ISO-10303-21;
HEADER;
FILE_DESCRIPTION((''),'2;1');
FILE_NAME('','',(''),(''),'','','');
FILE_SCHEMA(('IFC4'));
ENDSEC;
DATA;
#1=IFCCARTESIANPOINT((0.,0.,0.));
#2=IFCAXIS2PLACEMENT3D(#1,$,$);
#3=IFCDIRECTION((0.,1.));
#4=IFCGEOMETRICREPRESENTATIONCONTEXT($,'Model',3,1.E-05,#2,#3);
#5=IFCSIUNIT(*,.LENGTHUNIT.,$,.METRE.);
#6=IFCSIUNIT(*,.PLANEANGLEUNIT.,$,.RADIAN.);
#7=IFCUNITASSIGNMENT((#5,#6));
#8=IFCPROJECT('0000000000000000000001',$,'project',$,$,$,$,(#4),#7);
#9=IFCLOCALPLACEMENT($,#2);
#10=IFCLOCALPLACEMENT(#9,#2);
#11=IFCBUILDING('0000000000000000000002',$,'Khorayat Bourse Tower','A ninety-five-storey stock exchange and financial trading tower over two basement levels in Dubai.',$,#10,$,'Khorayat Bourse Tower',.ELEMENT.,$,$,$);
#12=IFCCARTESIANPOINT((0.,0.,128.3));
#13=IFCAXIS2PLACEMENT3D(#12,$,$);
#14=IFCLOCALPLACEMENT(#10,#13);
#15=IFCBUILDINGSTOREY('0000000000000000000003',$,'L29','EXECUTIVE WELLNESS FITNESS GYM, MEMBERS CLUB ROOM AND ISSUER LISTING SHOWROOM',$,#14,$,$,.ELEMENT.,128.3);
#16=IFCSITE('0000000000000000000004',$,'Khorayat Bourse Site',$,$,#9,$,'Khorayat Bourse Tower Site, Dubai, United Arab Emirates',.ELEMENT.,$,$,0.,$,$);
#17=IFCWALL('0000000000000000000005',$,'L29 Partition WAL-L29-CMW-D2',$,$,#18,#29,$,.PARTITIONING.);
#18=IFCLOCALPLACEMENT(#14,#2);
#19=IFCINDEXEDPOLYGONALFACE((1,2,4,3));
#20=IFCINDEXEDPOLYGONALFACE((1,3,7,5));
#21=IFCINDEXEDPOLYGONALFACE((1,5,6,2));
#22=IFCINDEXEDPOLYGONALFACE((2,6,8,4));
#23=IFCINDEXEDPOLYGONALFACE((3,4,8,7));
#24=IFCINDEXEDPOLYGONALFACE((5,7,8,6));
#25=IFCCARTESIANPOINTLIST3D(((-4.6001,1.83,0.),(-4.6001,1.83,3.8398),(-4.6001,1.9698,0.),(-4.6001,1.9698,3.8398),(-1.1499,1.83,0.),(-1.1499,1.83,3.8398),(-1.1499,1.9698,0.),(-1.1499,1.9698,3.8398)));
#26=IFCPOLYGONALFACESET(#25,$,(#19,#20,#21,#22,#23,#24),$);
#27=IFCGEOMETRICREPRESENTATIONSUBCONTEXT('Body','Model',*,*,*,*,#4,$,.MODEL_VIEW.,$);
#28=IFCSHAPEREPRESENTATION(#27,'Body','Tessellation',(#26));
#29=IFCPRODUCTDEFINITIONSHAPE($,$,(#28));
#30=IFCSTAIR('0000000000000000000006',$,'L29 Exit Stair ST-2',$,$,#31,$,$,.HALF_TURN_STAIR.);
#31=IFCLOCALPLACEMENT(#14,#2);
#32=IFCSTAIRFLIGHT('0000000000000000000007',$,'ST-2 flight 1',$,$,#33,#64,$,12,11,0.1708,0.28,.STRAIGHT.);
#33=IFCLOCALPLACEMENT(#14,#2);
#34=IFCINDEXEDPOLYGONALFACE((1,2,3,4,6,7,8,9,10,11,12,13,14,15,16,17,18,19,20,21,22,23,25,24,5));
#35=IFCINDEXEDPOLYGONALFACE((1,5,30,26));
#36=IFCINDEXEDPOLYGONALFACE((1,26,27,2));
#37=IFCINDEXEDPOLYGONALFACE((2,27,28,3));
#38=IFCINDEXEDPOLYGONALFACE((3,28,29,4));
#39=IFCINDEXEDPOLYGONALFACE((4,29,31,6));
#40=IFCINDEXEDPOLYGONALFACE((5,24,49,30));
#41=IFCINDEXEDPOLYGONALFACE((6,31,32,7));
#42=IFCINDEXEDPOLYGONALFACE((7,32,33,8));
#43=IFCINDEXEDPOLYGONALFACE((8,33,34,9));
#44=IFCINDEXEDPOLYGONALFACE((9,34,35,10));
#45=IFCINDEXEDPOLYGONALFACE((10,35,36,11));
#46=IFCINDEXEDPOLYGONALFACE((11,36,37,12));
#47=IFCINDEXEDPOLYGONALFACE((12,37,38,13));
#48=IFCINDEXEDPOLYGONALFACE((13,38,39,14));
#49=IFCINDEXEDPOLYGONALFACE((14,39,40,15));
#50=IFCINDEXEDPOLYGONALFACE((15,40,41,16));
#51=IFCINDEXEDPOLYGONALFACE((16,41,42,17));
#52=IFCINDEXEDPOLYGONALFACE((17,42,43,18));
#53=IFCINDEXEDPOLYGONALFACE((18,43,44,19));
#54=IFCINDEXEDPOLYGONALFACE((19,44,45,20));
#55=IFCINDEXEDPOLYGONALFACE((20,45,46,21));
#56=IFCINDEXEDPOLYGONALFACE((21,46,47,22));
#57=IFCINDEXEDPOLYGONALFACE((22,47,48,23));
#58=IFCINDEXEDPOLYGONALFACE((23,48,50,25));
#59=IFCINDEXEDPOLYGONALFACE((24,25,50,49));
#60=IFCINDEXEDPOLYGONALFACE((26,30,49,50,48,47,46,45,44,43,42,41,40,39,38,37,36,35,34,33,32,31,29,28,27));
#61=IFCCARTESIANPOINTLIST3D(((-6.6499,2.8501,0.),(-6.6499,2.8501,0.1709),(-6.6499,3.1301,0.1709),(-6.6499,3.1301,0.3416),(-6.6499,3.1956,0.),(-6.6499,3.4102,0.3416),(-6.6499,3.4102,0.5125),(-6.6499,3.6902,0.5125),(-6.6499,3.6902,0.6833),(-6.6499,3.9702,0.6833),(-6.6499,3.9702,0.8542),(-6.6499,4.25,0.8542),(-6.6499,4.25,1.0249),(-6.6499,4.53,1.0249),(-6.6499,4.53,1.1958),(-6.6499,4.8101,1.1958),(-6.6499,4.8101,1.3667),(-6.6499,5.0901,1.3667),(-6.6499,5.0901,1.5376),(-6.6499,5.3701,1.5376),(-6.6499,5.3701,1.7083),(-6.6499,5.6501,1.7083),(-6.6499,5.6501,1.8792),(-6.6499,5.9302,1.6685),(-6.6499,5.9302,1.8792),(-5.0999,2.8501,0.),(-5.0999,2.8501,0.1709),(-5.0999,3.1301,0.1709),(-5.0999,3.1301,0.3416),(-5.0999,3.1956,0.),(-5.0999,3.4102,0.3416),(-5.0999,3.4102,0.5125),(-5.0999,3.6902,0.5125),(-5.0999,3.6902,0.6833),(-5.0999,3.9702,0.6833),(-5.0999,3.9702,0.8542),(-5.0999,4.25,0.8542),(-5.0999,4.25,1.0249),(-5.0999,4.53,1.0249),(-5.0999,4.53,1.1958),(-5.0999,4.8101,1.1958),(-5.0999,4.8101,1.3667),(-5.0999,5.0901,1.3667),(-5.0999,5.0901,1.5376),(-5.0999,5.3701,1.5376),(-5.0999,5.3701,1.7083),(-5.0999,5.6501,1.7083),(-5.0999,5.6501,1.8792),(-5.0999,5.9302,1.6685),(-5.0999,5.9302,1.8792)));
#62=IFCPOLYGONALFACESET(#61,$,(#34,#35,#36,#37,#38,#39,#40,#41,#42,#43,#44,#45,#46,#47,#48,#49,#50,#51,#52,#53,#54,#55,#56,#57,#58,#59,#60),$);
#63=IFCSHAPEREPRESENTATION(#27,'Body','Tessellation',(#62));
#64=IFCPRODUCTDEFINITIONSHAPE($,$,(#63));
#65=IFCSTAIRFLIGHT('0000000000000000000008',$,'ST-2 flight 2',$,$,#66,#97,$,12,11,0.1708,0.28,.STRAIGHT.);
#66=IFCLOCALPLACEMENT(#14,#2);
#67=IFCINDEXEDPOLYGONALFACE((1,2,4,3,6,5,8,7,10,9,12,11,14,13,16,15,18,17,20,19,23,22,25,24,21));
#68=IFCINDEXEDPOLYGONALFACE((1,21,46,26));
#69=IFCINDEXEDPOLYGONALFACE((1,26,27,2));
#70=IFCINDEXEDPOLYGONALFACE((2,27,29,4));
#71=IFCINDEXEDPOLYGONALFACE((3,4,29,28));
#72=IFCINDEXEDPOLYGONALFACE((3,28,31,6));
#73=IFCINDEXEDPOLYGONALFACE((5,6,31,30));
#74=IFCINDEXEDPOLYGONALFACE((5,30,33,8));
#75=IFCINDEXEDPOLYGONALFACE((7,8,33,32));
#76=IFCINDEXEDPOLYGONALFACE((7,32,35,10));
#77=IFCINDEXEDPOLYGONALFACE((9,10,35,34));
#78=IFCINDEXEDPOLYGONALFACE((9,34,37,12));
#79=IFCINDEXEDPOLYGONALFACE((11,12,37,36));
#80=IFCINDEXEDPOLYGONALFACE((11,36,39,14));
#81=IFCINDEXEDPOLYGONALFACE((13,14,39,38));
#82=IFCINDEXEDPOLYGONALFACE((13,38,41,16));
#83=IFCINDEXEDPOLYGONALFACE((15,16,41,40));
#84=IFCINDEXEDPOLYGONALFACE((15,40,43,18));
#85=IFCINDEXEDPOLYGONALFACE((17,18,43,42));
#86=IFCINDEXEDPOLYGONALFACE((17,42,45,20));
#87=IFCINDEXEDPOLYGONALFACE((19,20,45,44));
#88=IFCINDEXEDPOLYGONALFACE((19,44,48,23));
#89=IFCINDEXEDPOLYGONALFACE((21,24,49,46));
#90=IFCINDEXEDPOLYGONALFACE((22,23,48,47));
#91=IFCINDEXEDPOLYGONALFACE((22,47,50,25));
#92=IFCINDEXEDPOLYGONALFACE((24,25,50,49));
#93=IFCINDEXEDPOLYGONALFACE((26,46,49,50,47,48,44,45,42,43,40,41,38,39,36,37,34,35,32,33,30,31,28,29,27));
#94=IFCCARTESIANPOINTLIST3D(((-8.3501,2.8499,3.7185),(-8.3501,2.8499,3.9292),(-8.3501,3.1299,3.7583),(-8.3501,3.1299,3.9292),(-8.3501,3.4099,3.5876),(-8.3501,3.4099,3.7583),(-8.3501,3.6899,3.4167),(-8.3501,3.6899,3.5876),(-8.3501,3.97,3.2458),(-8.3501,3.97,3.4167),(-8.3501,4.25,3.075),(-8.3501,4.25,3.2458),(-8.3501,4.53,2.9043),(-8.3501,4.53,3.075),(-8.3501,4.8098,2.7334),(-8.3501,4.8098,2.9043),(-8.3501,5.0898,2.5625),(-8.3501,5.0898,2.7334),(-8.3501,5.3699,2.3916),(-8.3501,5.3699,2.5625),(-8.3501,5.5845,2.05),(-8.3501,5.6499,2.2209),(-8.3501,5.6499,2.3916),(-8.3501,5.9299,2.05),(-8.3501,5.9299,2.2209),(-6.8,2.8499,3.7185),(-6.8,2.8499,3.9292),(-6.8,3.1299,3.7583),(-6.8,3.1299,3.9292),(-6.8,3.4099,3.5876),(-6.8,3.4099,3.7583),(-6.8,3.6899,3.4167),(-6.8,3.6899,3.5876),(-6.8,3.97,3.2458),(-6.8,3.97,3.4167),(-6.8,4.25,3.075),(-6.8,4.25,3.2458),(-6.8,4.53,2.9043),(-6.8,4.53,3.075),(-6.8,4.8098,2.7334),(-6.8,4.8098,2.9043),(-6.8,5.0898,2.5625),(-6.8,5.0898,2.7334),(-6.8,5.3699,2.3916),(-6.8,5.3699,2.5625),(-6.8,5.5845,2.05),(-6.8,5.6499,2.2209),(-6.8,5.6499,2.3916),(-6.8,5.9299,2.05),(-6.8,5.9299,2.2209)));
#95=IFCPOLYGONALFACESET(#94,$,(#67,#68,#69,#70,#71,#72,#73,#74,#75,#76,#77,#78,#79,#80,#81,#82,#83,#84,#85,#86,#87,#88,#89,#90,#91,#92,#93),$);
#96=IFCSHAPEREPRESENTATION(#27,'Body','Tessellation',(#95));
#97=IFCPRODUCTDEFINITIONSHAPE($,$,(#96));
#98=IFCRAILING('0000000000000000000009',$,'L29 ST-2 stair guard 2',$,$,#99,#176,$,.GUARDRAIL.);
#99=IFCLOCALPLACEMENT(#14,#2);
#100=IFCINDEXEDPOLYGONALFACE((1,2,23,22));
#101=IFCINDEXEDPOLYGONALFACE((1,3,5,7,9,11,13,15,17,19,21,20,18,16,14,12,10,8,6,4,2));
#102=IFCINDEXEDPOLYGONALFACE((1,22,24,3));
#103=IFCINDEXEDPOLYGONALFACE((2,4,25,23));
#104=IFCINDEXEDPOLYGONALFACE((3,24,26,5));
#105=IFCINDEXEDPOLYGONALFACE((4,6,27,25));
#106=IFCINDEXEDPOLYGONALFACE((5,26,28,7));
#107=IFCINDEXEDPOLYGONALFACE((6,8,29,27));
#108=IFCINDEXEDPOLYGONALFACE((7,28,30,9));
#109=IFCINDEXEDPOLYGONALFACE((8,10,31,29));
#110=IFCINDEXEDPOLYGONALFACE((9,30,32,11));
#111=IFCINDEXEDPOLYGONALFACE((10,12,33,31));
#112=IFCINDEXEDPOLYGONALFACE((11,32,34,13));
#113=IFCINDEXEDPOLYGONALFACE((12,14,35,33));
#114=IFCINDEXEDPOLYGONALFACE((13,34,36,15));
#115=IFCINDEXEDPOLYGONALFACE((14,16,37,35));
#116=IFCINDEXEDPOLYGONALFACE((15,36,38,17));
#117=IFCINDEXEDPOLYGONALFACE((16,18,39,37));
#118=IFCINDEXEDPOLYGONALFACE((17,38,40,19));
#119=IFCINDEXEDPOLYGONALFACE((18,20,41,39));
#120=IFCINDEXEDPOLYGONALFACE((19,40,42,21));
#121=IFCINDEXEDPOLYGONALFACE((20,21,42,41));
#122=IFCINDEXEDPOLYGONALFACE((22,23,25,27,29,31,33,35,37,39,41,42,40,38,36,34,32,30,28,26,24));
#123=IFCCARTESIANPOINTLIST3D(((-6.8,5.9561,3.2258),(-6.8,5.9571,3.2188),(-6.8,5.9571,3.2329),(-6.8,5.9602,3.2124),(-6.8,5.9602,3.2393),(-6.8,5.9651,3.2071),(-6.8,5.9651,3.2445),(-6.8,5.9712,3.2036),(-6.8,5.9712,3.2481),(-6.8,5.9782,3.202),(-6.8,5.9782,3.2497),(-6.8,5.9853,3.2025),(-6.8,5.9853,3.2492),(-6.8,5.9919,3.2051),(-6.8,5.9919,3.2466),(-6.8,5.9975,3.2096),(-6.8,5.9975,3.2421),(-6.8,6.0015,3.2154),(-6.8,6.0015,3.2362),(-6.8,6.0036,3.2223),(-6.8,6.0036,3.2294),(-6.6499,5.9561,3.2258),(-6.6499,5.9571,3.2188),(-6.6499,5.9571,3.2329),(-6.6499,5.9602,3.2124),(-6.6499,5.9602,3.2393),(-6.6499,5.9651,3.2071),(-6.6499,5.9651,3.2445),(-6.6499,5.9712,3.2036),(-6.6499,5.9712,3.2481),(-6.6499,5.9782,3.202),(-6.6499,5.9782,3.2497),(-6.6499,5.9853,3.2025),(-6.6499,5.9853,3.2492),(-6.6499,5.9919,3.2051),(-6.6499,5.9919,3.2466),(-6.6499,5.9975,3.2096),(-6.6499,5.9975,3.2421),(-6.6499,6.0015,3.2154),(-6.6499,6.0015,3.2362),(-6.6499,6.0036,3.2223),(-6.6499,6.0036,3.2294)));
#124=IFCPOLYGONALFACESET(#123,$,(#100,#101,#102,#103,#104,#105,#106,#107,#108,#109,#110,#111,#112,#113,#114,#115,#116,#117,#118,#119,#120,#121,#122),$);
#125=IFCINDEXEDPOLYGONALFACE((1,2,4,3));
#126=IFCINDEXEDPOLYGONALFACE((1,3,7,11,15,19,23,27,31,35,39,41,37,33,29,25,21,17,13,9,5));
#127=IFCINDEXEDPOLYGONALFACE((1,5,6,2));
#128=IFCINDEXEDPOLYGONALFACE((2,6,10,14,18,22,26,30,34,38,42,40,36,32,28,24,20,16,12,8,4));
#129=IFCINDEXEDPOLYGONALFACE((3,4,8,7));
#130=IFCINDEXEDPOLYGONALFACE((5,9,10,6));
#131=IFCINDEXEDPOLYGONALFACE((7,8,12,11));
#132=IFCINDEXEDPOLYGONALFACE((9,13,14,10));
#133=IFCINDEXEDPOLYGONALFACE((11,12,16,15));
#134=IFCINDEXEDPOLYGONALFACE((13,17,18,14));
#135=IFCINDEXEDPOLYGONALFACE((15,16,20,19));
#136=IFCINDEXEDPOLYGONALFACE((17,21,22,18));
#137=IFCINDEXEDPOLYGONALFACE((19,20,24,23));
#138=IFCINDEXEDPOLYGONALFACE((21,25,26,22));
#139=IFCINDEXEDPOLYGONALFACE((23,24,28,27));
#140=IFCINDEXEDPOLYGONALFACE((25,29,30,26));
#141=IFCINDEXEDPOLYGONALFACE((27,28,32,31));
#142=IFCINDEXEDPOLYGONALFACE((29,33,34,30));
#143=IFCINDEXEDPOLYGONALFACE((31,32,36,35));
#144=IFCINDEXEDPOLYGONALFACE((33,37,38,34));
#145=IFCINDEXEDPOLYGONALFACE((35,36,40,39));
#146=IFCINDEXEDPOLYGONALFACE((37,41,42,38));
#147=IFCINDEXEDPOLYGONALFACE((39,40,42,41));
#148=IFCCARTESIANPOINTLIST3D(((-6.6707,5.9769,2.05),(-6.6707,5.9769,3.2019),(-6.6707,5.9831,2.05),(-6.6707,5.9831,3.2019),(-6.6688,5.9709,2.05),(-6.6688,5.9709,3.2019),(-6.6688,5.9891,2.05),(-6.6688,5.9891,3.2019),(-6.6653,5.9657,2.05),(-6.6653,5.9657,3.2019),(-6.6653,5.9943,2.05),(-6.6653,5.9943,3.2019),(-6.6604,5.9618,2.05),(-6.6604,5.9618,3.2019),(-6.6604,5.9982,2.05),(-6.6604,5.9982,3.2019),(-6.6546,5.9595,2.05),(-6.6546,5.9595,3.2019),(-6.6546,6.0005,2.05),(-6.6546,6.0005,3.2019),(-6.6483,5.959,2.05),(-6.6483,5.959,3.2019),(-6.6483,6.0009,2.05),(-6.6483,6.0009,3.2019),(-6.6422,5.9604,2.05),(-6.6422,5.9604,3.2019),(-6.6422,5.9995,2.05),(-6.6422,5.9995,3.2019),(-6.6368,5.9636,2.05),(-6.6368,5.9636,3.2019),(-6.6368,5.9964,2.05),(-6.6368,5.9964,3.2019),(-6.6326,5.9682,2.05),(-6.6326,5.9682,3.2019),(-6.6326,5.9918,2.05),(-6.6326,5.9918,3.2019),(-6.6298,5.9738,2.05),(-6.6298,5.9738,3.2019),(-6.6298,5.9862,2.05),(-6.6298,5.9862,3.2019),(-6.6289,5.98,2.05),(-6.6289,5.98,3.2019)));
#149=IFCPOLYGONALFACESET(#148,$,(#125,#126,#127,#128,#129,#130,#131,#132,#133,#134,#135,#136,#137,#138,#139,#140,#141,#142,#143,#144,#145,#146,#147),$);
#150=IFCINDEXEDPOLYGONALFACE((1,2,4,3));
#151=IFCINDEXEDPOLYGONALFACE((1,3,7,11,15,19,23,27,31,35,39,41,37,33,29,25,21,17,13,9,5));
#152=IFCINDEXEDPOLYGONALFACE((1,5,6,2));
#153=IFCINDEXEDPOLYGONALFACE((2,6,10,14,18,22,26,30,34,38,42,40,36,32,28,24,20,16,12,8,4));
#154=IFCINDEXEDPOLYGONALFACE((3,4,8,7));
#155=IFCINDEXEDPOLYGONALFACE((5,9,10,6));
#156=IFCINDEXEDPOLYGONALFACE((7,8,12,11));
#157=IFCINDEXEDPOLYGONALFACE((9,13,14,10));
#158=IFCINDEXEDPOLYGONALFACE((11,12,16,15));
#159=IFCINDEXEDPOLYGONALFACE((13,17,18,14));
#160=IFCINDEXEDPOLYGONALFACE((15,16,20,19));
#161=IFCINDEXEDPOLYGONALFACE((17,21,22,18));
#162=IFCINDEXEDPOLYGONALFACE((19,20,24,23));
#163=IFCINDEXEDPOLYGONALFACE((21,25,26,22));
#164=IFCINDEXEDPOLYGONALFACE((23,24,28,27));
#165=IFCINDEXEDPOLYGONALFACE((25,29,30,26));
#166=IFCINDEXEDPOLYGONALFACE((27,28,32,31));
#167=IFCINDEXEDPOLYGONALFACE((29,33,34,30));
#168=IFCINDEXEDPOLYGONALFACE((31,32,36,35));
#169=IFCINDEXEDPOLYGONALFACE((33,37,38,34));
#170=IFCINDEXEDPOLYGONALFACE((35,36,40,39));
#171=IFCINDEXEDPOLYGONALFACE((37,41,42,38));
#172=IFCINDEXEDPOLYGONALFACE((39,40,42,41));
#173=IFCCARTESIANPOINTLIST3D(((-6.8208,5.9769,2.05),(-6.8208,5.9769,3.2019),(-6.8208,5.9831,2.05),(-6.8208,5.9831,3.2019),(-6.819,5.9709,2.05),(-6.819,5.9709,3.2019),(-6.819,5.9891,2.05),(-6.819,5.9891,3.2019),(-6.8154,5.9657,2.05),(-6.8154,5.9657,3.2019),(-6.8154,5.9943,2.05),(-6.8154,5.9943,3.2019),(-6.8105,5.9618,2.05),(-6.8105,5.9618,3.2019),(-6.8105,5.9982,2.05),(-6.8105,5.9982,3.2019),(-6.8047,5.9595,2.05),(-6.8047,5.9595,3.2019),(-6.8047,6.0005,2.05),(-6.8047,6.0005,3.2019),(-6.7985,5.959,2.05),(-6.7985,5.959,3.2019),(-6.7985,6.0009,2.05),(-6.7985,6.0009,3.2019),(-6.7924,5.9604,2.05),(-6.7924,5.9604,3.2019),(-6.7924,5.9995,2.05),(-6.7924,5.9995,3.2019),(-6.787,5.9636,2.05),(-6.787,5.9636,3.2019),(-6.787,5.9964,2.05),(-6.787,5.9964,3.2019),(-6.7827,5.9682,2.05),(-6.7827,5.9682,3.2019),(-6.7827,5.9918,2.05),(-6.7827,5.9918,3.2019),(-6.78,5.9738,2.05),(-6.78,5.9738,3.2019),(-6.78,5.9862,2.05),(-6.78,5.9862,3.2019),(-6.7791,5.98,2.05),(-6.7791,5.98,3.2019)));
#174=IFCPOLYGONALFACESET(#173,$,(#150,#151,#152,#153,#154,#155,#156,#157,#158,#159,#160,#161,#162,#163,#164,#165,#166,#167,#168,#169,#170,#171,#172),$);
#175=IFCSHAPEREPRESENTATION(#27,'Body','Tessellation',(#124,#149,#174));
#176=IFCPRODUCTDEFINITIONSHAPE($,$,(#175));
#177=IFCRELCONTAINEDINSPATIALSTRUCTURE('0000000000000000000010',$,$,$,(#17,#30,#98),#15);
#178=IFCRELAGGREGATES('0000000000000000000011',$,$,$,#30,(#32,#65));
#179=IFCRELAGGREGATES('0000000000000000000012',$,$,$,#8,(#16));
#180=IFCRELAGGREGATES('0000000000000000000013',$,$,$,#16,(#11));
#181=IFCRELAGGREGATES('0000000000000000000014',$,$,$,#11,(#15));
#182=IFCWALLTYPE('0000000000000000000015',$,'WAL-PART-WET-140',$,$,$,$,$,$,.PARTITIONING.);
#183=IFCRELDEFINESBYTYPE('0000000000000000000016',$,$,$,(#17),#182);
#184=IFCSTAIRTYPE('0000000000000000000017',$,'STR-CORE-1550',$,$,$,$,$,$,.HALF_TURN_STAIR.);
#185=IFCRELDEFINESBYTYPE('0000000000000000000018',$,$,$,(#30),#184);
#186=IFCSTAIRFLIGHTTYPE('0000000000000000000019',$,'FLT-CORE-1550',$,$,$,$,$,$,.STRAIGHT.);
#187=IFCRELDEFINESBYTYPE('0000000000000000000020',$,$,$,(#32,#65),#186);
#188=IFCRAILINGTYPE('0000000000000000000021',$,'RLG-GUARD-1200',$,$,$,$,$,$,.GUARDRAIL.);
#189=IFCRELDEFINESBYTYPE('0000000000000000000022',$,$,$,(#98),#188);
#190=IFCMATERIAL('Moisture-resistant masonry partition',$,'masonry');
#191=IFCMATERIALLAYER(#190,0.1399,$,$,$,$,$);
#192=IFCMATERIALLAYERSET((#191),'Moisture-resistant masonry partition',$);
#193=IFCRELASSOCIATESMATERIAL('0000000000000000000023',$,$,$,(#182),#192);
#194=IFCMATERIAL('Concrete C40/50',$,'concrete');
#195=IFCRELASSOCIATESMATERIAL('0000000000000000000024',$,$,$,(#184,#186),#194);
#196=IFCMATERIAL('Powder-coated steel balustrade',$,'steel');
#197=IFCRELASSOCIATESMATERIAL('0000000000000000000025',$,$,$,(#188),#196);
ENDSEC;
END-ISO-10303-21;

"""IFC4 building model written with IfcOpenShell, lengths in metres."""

from ifc_helpers import new_model, si_unit, direction, frame, frame_2d, origin, origin_2d, place, context, subcontext, project, spatial, polyline, rectangle, circle, outline, extrude, source, transform, mapped, material, layer, layer_set, type_object, element, aggregate, save


model = new_model("IFC4")

# Units and contexts
model_context = context("Model", 3, precision=1e-05, world=origin(), true_north=direction((0.0, 1.0)))
body_context = subcontext(model_context, "Body", "Model", "MODEL_VIEW")
ifc_project = project(units=[si_unit("LENGTHUNIT", "METRE"), si_unit("PLANEANGLEUNIT", "RADIAN")], contexts=[model_context])

# Site, building, storey
site_placement = place(None, origin())
site = spatial("IfcSite", under=ifc_project, at=site_placement, Name="Khorayat Bourse Site", LongName="Khorayat Bourse Tower Site, Dubai, United Arab Emirates", CompositionType="ELEMENT", RefElevation=0.0)
building_placement = place(site_placement, origin())
building = spatial("IfcBuilding", under=site, at=building_placement, Name="Khorayat Bourse Tower", Description="A ninety-five-storey stock exchange and financial trading tower over two basement levels in Dubai.", LongName="Khorayat Bourse Tower", CompositionType="ELEMENT")
storey_placement = place(building_placement, frame((0.0, 0.0, 128.3)))
storey = spatial("IfcBuildingStorey", under=building, at=storey_placement, Name="L29", Description="EXECUTIVE WELLNESS FITNESS GYM, MEMBERS CLUB ROOM AND ISSUER LISTING SHOWROOM", CompositionType="ELEMENT", Elevation=128.3)

# Wall
ifc_material_1 = material(Name="Moisture-resistant masonry partition", Category="masonry")
ifc_layer_1 = layer(ifc_material_1, 0.1399)
ifc_layer_set_1 = layer_set([ifc_layer_1], Name="Moisture-resistant masonry partition")
wall_type_1 = type_object("IfcWallType", Name="WAL-PART-WET-140", PredefinedType="PARTITIONING", material=ifc_layer_set_1)
shared_shape_1 = source(origin(), body_context, "Body", "SweptSolid", [
    extrude(rectangle(XDim=3.4502, YDim=0.1399, at=frame_2d((1.7251, 0.0))), origin(), (0.0, 0.0, 1.0), 3.8398),
])
wall_1_placement = place(storey_placement, frame((-4.6001, 1.8999, 0.0), z_axis=(0.0, 0.0, 1.0), x_axis=(1.0, 0.0, 0.0)))
element("IfcWall", 1, at=wall_1_placement, inside=storey, type_object=wall_type_1, Name="L29 Partition WAL-L29-CMW-D2", PredefinedType="PARTITIONING", context=body_context, shape_type="MappedRepresentation", body=[
    mapped(shared_shape_1, transform((0.0, 0.0, 0.0), scale=1.0)),
])

# Stair, stair flights
ifc_material_2 = material(Name="Concrete C40/50", Category="concrete")
stair_type = type_object("IfcStairType", Name="STR-CORE-1550", PredefinedType="HALF_TURN_STAIR", material=ifc_material_2)
stair_placement = place(storey_placement, origin())
stair = element("IfcStair", 2, at=stair_placement, inside=storey, type_object=stair_type, Name="L29 Exit Stair ST-2", PredefinedType="HALF_TURN_STAIR")
stair_flight_type = type_object("IfcStairFlightType", Name="FLT-CORE-1550", PredefinedType="STRAIGHT", material=ifc_material_2)
shared_shape_2 = source(origin(), body_context, "Body", "SweptSolid", [
    extrude(outline(polyline([(0.0, 0.0), (0.0, 0.1709), (0.28, 0.1709), (0.28, 0.3416), (0.5601, 0.3416), (0.5601, 0.5125), (0.8401, 0.5125), (0.8401, 0.6833), (1.1201, 0.6833), (1.1201, 0.8542), (1.3999, 0.8542), (1.3999, 1.0249), (1.6799, 1.0249), (1.6799, 1.1958), (1.96, 1.1958), (1.96, 1.3667), (2.24, 1.3667), (2.24, 1.5376), (2.52, 1.5376), (2.52, 1.7083), (2.8, 1.7083), (2.8, 1.8792), (3.0801, 1.8792), (3.0801, 2.05), (3.0801, 1.6685), (0.3455, 0.0), (0.0, 0.0)])), frame((0.0, 0.7749, 0.0), z_axis=(0.0, -1.0, 0.0), x_axis=(1.0, 0.0, 0.0)), (0.0, 0.0, 1.0), 1.55),
])
stair_flight_1_placement = place(storey_placement, frame((-5.875, 2.8501, 0.0), z_axis=(0.0, 0.0, 1.0), x_axis=(0.0, 1.0, 0.0)))
stair_flight_1 = element("IfcStairFlight", 3, at=stair_flight_1_placement, type_object=stair_flight_type, Name="ST-2 flight 1", NumberOfRisers=12, NumberOfTreads=11, PredefinedType="STRAIGHT", RiserHeight=0.1708, TreadLength=0.28, context=body_context, shape_type="MappedRepresentation", body=[
    mapped(shared_shape_2, transform((0.0, 0.0, 0.0), scale=1.0)),
])
stair_flight_2_placement = place(storey_placement, frame((-7.575, 5.9299, 2.05), z_axis=(0.0, 0.0, 1.0), x_axis=(0.0, -1.0, 0.0)))
stair_flight_2 = element("IfcStairFlight", 4, at=stair_flight_2_placement, type_object=stair_flight_type, Name="ST-2 flight 2", NumberOfRisers=12, NumberOfTreads=11, PredefinedType="STRAIGHT", RiserHeight=0.1708, TreadLength=0.28, context=body_context, shape_type="MappedRepresentation", body=[
    mapped(shared_shape_2, transform((0.0, 0.0, 0.0), scale=1.0)),
])
aggregate(stair, [stair_flight_1, stair_flight_2])

# Railing
ifc_material_3 = material(Name="Powder-coated steel balustrade", Category="steel")
railing_type_1 = type_object("IfcRailingType", Name="RLG-GUARD-1200", PredefinedType="GUARDRAIL", material=ifc_material_3)
shared_shape_3 = source(origin(), body_context, "Body", "SweptSolid", [
    extrude(circle(Radius=0.0239, at=origin_2d()), frame((0.0, 0.0, 1.1758), z_axis=(-1.0, 0.0, 0.0), x_axis=(0.0, -1.0, 0.0)), (0.0, 0.0, 1.0), 0.1501),
    extrude(circle(Radius=0.021, at=origin_2d()), origin(), (0.0, 0.0, 1.0), 1.1519),
    extrude(circle(Radius=0.021, at=origin_2d()), frame((-0.1501, 0.0, 0.0)), (0.0, 0.0, 1.0), 1.1519),
])
for number, where, name in (
    (5, (-6.6499, 5.98, 2.05), "L29 ST-2 stair guard 2"),
):
    element("IfcRailing", number, at=place(storey_placement, frame(where)), inside=storey, type_object=railing_type_1, Name=name, PredefinedType="GUARDRAIL", context=body_context, shape_type="MappedRepresentation", body=[
        mapped(shared_shape_3, transform((0.0, 0.0, 0.0), scale=1.0)),
    ])

save(model, "model.ifc")
